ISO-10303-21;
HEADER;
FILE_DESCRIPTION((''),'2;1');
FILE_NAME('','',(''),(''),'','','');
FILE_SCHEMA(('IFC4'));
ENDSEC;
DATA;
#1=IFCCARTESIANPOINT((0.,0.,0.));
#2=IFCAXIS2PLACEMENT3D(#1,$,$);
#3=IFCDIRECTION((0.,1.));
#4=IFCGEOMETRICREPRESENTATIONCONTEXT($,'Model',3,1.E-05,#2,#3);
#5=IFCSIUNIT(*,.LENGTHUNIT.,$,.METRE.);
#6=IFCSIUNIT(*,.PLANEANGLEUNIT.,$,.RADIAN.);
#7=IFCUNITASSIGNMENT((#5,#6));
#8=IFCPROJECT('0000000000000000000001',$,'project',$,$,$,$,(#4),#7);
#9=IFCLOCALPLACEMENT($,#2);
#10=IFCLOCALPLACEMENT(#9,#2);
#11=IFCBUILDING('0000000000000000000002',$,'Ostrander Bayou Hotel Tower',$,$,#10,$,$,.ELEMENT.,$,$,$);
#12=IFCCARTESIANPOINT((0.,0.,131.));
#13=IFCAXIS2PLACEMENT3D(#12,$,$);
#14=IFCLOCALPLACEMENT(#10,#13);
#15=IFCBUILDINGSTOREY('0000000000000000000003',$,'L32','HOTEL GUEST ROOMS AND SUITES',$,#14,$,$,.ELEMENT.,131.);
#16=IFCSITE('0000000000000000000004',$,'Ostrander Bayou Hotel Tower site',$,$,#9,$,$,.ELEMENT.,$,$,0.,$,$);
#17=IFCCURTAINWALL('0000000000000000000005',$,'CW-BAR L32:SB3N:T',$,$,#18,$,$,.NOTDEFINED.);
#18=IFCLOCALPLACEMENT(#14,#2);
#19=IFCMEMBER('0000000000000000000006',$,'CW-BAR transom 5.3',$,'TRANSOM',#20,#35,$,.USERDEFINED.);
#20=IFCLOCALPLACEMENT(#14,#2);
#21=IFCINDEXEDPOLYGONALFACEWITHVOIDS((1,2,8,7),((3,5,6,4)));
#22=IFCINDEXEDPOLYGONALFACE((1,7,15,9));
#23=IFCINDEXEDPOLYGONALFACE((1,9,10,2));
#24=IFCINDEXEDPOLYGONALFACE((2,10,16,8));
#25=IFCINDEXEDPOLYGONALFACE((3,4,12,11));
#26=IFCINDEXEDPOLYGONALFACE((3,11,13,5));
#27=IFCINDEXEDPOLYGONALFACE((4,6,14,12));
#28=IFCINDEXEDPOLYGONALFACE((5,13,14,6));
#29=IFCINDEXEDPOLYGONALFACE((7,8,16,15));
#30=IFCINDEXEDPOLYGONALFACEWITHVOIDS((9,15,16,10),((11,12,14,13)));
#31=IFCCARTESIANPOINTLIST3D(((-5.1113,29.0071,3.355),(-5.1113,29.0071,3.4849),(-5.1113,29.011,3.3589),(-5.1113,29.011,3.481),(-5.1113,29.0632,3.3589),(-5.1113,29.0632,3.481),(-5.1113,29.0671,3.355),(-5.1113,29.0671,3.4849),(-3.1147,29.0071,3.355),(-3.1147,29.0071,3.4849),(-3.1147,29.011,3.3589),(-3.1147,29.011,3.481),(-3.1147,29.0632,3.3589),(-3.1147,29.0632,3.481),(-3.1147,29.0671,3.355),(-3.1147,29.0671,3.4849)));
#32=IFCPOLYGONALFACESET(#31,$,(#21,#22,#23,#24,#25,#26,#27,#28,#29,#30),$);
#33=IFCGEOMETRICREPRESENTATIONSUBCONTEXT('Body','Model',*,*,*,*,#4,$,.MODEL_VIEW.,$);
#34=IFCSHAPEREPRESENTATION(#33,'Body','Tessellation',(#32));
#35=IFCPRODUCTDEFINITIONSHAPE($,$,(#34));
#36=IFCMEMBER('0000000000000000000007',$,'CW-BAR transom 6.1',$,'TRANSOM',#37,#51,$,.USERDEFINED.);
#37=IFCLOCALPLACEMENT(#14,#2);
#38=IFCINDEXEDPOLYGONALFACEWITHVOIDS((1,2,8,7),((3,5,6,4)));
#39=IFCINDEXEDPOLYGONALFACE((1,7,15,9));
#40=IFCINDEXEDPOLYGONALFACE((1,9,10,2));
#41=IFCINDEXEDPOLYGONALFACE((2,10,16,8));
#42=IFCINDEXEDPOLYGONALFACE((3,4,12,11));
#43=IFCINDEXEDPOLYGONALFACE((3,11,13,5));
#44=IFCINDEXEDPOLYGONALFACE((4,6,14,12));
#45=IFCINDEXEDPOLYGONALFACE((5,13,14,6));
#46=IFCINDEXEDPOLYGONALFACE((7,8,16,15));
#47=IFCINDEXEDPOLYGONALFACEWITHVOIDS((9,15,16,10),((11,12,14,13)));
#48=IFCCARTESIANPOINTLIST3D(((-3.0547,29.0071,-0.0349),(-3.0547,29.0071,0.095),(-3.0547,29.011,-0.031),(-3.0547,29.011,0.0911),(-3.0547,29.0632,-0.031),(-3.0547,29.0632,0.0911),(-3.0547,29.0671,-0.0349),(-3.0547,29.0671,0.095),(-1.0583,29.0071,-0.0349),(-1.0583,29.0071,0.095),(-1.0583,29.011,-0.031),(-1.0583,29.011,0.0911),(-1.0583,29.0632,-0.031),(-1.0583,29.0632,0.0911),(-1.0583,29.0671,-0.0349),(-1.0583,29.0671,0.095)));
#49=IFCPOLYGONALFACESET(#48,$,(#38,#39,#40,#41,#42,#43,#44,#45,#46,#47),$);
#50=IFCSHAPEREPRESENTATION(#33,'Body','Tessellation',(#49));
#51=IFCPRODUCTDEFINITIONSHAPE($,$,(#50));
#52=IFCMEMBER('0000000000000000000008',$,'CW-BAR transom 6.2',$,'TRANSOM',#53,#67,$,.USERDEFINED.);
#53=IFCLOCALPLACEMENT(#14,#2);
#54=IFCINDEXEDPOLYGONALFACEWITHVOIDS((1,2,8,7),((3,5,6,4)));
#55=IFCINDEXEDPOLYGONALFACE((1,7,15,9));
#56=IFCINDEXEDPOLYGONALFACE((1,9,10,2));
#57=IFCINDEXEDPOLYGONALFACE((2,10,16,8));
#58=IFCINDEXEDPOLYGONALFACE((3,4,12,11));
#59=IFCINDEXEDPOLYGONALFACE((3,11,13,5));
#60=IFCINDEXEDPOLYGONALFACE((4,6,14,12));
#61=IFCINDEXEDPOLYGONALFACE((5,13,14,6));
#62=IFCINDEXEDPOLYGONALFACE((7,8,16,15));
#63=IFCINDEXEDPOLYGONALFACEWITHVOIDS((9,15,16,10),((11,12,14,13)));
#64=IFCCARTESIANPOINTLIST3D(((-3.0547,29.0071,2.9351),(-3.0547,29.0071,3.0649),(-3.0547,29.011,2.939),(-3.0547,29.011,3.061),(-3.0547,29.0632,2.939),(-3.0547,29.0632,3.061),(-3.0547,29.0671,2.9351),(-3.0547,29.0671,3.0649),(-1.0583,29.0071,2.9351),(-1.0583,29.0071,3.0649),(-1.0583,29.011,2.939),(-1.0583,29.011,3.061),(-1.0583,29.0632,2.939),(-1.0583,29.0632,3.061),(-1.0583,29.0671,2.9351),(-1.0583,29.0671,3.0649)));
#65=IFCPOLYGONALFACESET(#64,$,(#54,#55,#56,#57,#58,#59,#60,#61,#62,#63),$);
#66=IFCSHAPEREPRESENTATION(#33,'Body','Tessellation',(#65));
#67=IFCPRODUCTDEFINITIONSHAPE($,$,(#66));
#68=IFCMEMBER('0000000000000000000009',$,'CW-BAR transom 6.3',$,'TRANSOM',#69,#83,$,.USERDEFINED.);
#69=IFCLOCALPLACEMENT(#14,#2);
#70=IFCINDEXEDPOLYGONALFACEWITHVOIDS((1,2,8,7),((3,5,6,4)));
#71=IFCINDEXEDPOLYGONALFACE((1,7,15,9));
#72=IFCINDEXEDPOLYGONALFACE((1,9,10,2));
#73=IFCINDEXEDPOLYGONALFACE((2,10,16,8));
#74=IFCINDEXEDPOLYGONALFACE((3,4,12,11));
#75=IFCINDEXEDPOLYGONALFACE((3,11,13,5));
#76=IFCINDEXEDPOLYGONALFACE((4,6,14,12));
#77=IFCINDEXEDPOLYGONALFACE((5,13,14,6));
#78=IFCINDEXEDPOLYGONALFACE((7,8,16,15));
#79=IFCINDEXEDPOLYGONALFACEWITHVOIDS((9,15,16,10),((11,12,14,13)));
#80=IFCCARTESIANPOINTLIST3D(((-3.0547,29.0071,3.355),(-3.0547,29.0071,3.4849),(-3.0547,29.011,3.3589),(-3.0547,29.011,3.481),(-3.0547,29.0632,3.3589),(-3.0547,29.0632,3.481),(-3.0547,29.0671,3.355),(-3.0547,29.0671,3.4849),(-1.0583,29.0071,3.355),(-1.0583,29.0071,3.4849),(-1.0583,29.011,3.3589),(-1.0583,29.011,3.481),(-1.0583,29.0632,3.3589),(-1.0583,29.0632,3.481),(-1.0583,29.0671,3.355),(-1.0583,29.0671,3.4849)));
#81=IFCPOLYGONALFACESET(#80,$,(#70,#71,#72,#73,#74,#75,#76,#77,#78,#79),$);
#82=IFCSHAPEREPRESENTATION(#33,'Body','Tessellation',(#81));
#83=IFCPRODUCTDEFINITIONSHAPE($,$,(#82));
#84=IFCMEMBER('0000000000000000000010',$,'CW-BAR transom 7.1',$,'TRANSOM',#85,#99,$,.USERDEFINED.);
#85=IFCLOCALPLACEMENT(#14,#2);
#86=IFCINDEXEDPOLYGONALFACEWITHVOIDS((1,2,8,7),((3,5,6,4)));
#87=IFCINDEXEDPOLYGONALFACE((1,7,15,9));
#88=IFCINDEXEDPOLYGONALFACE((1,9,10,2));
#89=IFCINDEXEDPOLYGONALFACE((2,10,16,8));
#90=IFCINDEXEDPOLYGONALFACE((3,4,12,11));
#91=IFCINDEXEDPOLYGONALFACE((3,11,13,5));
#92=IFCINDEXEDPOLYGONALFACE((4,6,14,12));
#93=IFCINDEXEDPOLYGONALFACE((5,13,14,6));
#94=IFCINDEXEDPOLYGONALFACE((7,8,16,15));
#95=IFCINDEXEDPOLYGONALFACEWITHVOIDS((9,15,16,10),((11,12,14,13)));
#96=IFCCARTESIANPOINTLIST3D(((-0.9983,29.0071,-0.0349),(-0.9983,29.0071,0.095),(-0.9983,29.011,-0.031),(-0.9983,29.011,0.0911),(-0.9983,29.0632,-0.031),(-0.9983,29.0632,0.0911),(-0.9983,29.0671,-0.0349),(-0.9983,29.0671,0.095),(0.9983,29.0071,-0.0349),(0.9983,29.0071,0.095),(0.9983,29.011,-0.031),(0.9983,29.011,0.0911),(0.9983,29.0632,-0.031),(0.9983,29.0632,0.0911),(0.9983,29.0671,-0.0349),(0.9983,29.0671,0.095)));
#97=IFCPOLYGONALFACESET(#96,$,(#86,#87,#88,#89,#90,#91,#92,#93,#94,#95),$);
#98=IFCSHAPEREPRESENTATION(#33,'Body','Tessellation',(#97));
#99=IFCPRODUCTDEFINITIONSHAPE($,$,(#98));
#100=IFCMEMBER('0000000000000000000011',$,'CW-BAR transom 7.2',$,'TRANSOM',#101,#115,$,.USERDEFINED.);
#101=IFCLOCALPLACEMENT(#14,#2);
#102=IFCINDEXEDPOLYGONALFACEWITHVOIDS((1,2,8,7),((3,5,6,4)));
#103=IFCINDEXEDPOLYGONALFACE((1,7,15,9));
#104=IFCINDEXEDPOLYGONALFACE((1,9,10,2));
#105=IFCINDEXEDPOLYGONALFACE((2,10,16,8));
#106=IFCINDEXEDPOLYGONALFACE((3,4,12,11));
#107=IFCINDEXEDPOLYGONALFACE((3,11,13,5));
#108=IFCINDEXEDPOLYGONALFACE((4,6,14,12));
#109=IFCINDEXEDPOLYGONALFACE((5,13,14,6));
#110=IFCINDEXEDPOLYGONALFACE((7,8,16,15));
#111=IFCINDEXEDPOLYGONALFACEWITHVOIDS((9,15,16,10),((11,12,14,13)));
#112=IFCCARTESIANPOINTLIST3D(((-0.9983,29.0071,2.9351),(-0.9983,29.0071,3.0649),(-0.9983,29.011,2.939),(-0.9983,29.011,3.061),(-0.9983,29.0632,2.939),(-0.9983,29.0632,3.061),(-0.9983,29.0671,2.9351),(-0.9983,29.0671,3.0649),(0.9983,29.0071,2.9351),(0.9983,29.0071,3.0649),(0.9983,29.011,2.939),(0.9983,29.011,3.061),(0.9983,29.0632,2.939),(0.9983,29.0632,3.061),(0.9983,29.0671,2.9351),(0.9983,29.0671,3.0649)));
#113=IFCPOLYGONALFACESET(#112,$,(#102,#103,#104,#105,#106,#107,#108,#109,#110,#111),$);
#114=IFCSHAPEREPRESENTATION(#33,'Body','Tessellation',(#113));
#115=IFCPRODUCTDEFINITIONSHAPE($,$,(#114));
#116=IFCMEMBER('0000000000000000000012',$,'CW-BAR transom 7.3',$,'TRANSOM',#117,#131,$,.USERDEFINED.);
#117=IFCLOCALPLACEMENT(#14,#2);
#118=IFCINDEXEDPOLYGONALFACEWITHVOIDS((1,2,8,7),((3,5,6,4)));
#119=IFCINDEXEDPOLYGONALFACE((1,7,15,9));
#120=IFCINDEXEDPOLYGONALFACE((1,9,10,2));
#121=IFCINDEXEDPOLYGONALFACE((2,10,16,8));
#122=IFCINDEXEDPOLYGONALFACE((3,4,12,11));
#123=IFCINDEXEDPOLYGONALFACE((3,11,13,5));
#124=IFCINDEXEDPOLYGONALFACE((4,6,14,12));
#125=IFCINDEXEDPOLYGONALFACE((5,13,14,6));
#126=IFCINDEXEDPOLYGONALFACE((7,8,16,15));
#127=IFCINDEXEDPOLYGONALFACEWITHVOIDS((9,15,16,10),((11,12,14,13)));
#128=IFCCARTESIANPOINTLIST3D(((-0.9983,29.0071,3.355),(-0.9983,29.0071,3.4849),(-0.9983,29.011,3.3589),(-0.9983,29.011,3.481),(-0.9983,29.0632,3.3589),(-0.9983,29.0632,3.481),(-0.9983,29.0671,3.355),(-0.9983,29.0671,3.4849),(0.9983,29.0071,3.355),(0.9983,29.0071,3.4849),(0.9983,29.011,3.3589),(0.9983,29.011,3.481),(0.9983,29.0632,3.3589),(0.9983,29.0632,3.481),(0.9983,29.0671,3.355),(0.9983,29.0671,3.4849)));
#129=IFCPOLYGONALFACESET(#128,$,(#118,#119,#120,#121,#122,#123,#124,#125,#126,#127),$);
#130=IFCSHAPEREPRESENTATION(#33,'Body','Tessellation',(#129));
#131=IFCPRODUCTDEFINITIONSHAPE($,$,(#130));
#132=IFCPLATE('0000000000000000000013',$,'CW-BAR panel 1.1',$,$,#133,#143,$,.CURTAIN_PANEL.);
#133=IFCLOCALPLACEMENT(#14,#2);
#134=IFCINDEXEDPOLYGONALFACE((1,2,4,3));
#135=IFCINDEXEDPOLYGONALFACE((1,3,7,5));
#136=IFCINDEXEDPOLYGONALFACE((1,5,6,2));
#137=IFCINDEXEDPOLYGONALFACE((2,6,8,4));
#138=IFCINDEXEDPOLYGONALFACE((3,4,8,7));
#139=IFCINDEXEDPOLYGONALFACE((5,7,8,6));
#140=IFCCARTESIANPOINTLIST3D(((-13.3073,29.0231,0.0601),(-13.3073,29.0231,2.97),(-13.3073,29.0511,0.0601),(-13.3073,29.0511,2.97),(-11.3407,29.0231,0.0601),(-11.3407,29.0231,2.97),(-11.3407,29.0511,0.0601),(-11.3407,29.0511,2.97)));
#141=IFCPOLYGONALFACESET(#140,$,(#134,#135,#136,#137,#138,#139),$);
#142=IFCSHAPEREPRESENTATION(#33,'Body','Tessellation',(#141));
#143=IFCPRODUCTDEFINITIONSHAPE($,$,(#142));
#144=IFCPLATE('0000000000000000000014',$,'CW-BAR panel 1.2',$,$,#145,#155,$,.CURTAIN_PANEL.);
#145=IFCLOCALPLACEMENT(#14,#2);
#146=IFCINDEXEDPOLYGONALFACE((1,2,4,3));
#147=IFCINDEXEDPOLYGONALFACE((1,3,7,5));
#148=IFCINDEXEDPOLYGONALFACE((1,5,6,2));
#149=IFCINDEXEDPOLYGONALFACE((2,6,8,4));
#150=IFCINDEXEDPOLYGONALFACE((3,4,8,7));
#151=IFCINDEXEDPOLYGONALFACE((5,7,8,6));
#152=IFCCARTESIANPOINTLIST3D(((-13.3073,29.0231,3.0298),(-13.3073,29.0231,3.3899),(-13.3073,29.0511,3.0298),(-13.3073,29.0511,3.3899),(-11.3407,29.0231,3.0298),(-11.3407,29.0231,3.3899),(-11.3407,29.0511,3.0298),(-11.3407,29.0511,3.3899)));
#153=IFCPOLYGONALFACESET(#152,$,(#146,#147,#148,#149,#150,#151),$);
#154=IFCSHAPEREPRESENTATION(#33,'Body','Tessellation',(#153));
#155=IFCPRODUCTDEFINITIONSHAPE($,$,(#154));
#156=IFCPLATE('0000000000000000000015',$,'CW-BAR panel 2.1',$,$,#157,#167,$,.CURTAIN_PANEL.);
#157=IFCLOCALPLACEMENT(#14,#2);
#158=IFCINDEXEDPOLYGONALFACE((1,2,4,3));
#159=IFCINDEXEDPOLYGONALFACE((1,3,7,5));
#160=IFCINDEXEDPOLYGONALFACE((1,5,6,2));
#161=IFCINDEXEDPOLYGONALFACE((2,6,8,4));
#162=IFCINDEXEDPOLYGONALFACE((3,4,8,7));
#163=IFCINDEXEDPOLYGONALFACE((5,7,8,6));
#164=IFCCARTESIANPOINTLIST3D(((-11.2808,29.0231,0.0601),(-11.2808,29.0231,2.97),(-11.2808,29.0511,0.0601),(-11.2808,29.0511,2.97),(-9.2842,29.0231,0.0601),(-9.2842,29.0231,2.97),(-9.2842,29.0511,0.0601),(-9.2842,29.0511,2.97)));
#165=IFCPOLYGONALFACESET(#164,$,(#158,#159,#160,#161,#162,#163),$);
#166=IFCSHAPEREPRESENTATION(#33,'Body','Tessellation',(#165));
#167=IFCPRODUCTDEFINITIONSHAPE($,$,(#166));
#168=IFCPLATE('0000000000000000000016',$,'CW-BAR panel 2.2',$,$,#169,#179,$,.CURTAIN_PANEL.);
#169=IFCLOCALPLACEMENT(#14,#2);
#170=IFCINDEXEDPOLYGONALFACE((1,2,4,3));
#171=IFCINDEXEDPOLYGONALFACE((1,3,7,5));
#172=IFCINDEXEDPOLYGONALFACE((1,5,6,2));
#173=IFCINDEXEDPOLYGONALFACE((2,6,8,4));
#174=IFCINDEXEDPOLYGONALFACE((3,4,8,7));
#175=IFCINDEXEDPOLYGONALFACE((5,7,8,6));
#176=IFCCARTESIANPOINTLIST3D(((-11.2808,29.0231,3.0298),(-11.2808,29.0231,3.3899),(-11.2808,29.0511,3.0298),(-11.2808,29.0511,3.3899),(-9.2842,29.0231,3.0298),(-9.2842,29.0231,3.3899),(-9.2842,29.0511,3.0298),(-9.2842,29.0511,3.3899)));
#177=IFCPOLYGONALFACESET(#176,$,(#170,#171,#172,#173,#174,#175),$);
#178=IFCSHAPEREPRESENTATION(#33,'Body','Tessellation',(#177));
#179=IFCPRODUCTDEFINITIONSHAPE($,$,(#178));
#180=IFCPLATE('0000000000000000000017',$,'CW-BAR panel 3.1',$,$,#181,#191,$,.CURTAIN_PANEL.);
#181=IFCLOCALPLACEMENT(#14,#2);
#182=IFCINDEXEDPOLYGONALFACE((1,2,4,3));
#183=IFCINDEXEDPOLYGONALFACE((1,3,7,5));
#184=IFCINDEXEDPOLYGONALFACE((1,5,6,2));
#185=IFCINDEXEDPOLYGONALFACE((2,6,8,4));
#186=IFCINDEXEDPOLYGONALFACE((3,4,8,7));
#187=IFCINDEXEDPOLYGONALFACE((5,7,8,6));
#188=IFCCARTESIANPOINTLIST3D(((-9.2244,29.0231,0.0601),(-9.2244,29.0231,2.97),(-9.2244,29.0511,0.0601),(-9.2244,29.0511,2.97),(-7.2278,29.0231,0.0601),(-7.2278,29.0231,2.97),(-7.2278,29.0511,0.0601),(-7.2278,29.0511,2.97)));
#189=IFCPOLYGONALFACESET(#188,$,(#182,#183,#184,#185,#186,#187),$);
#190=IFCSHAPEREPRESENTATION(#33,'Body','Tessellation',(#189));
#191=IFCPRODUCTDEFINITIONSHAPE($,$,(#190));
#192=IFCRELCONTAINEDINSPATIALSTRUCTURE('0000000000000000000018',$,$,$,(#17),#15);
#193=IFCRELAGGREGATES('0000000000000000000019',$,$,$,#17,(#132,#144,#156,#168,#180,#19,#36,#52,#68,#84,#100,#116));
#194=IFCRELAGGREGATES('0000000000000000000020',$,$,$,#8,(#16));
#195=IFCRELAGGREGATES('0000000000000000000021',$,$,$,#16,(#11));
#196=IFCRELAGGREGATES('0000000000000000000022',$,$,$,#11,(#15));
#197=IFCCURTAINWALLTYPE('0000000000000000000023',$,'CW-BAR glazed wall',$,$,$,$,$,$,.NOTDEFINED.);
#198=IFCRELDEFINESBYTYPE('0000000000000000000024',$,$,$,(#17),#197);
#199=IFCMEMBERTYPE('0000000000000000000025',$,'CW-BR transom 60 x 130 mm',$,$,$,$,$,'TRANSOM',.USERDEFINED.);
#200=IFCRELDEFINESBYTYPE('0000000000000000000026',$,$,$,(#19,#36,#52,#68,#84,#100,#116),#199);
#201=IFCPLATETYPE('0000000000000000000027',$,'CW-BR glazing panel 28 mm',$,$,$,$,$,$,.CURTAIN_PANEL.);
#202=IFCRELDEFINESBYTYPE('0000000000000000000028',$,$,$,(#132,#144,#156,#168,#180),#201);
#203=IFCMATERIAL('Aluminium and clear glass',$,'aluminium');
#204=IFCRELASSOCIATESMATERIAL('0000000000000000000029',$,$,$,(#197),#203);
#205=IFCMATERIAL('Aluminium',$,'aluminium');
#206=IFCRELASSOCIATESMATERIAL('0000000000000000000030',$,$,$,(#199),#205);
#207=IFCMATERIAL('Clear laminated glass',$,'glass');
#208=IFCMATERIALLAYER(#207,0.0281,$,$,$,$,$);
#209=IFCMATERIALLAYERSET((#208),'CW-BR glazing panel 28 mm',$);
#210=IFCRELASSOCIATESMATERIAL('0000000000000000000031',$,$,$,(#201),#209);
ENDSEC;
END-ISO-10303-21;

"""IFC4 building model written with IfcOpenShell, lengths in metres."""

from ifc_helpers import new_model, si_unit, direction, frame, origin, origin_2d, place, context, subcontext, project, spatial, rectangle, hollow_rectangle, extrude, material, layer, layer_set, material_profile, profile_set, type_object, element, aggregate, save


model = new_model("IFC4")

# Units and contexts
model_context = context("Model", 3, precision=1e-05, world=origin(), true_north=direction((0.0, 1.0)))
body_context = subcontext(model_context, "Body", "Model", "MODEL_VIEW")
ifc_project = project(units=[si_unit("LENGTHUNIT", "METRE"), si_unit("PLANEANGLEUNIT", "RADIAN")], contexts=[model_context])

# Site, building, storey
site_placement = place(None, origin())
site = spatial("IfcSite", under=ifc_project, at=site_placement, Name="Ostrander Bayou Hotel Tower site", CompositionType="ELEMENT", RefElevation=0.0)
building_placement = place(site_placement, origin())
building = spatial("IfcBuilding", under=site, at=building_placement, Name="Ostrander Bayou Hotel Tower", CompositionType="ELEMENT")
storey_placement = place(building_placement, frame((0.0, 0.0, 131.0)))
storey = spatial("IfcBuildingStorey", under=building, at=storey_placement, Name="L32", Description="HOTEL GUEST ROOMS AND SUITES", CompositionType="ELEMENT", Elevation=131.0)

# Curtain wall, members, plates
ifc_material_1 = material(Name="Aluminium and clear glass", Category="aluminium")
curtain_wall_type = type_object("IfcCurtainWallType", Name="CW-BAR glazed wall", PredefinedType="NOTDEFINED", material=ifc_material_1)
curtain_wall_placement = place(storey_placement, origin())
curtain_wall = element("IfcCurtainWall", 1, at=curtain_wall_placement, inside=storey, type_object=curtain_wall_type, Name="CW-BAR L32:SB3N:T", PredefinedType="NOTDEFINED")
ifc_material_2 = material(Name="Aluminium", Category="aluminium")
ifc_material_profile_1 = material_profile(ifc_material_2, hollow_rectangle(XDim=0.0601, YDim=0.1299, WallThickness=0.0039, at=origin_2d()))
ifc_profile_set_1 = profile_set([ifc_material_profile_1], Name="Aluminium")
member_type_1 = type_object("IfcMemberType", Name="CW-BR transom 60 x 130 mm", ElementType="TRANSOM", PredefinedType="USERDEFINED", material=ifc_profile_set_1)
member_1_placement = place(storey_placement, frame((-5.1113, 29.0371, 3.4199), z_axis=(1.0, 0.0, 0.0), x_axis=(0.0, 1.0, 0.0)))
member_1 = element("IfcMember", 2, at=member_1_placement, type_object=member_type_1, Name="CW-BAR transom 5.3", ObjectType="TRANSOM", PredefinedType="USERDEFINED", context=body_context, shape_type="SweptSolid", body=[
    extrude(hollow_rectangle(XDim=0.0601, YDim=0.1299, WallThickness=0.0039, at=origin_2d()), origin(), (0.0, 0.0, 1.0), 1.9966),
])
member_2_placement = place(storey_placement, frame((-3.0547, 29.0371, 0.03), z_axis=(1.0, 0.0, 0.0), x_axis=(0.0, 1.0, 0.0)))
member_2 = element("IfcMember", 3, at=member_2_placement, type_object=member_type_1, Name="CW-BAR transom 6.1", ObjectType="TRANSOM", PredefinedType="USERDEFINED", context=body_context, shape_type="SweptSolid", body=[
    extrude(hollow_rectangle(XDim=0.0601, YDim=0.1299, WallThickness=0.0039, at=origin_2d()), origin(), (0.0, 0.0, 1.0), 1.9963),
])
member_3_placement = place(storey_placement, frame((-3.0547, 29.0371, 3.0), z_axis=(1.0, 0.0, 0.0), x_axis=(0.0, 1.0, 0.0)))
member_3 = element("IfcMember", 4, at=member_3_placement, type_object=member_type_1, Name="CW-BAR transom 6.2", ObjectType="TRANSOM", PredefinedType="USERDEFINED", context=body_context, shape_type="SweptSolid", body=[
    extrude(hollow_rectangle(XDim=0.0601, YDim=0.1299, WallThickness=0.0039, at=origin_2d()), origin(), (0.0, 0.0, 1.0), 1.9963),
])
member_4_placement = place(storey_placement, frame((-3.0547, 29.0371, 3.4199), z_axis=(1.0, 0.0, 0.0), x_axis=(0.0, 1.0, 0.0)))
member_4 = element("IfcMember", 5, at=member_4_placement, type_object=member_type_1, Name="CW-BAR transom 6.3", ObjectType="TRANSOM", PredefinedType="USERDEFINED", context=body_context, shape_type="SweptSolid", body=[
    extrude(hollow_rectangle(XDim=0.0601, YDim=0.1299, WallThickness=0.0039, at=origin_2d()), origin(), (0.0, 0.0, 1.0), 1.9963),
])
member_5_placement = place(storey_placement, frame((-0.9983, 29.0371, 0.03), z_axis=(1.0, 0.0, 0.0), x_axis=(0.0, 1.0, 0.0)))
member_5 = element("IfcMember", 6, at=member_5_placement, type_object=member_type_1, Name="CW-BAR transom 7.1", ObjectType="TRANSOM", PredefinedType="USERDEFINED", context=body_context, shape_type="SweptSolid", body=[
    extrude(hollow_rectangle(XDim=0.0601, YDim=0.1299, WallThickness=0.0039, at=origin_2d()), origin(), (0.0, 0.0, 1.0), 1.9966),
])
member_6_placement = place(storey_placement, frame((-0.9983, 29.0371, 3.0), z_axis=(1.0, 0.0, 0.0), x_axis=(0.0, 1.0, 0.0)))
member_6 = element("IfcMember", 7, at=member_6_placement, type_object=member_type_1, Name="CW-BAR transom 7.2", ObjectType="TRANSOM", PredefinedType="USERDEFINED", context=body_context, shape_type="SweptSolid", body=[
    extrude(hollow_rectangle(XDim=0.0601, YDim=0.1299, WallThickness=0.0039, at=origin_2d()), origin(), (0.0, 0.0, 1.0), 1.9966),
])
member_7_placement = place(storey_placement, frame((-0.9983, 29.0371, 3.4199), z_axis=(1.0, 0.0, 0.0), x_axis=(0.0, 1.0, 0.0)))
member_7 = element("IfcMember", 8, at=member_7_placement, type_object=member_type_1, Name="CW-BAR transom 7.3", ObjectType="TRANSOM", PredefinedType="USERDEFINED", context=body_context, shape_type="SweptSolid", body=[
    extrude(hollow_rectangle(XDim=0.0601, YDim=0.1299, WallThickness=0.0039, at=origin_2d()), origin(), (0.0, 0.0, 1.0), 1.9966),
])
ifc_material_3 = material(Name="Clear laminated glass", Category="glass")
ifc_layer = layer(ifc_material_3, 0.0281)
ifc_layer_set = layer_set([ifc_layer], Name="CW-BR glazing panel 28 mm")
plate_type = type_object("IfcPlateType", Name="CW-BR glazing panel 28 mm", PredefinedType="CURTAIN_PANEL", material=ifc_layer_set)
plate_1_placement = place(storey_placement, frame((-12.324, 29.0371, 0.0601), z_axis=(0.0, 0.0, 1.0), x_axis=(1.0, 0.0, 0.0)))
plate_1 = element("IfcPlate", 9, at=plate_1_placement, type_object=plate_type, Name="CW-BAR panel 1.1", PredefinedType="CURTAIN_PANEL", context=body_context, shape_type="SweptSolid", body=[
    extrude(rectangle(XDim=1.9666, YDim=0.0281, at=origin_2d()), origin(), (0.0, 0.0, 1.0), 2.9099),
])
plate_2_placement = place(storey_placement, frame((-12.324, 29.0371, 3.0298), z_axis=(0.0, 0.0, 1.0), x_axis=(1.0, 0.0, 0.0)))
plate_2 = element("IfcPlate", 10, at=plate_2_placement, type_object=plate_type, Name="CW-BAR panel 1.2", PredefinedType="CURTAIN_PANEL", context=body_context, shape_type="SweptSolid", body=[
    extrude(rectangle(XDim=1.9666, YDim=0.0281, at=origin_2d()), origin(), (0.0, 0.0, 1.0), 0.3601),
])
plate_3_placement = place(storey_placement, frame((-10.2825, 29.0371, 0.0601), z_axis=(0.0, 0.0, 1.0), x_axis=(1.0, 0.0, 0.0)))
plate_3 = element("IfcPlate", 11, at=plate_3_placement, type_object=plate_type, Name="CW-BAR panel 2.1", PredefinedType="CURTAIN_PANEL", context=body_context, shape_type="SweptSolid", body=[
    extrude(rectangle(XDim=1.9966, YDim=0.0281, at=origin_2d()), origin(), (0.0, 0.0, 1.0), 2.9099),
])
plate_4_placement = place(storey_placement, frame((-10.2825, 29.0371, 3.0298), z_axis=(0.0, 0.0, 1.0), x_axis=(1.0, 0.0, 0.0)))
plate_4 = element("IfcPlate", 12, at=plate_4_placement, type_object=plate_type, Name="CW-BAR panel 2.2", PredefinedType="CURTAIN_PANEL", context=body_context, shape_type="SweptSolid", body=[
    extrude(rectangle(XDim=1.9966, YDim=0.0281, at=origin_2d()), origin(), (0.0, 0.0, 1.0), 0.3601),
])
plate_5_placement = place(storey_placement, frame((-8.2261, 29.0371, 0.0601), z_axis=(0.0, 0.0, 1.0), x_axis=(1.0, 0.0, 0.0)))
plate_5 = element("IfcPlate", 13, at=plate_5_placement, type_object=plate_type, Name="CW-BAR panel 3.1", PredefinedType="CURTAIN_PANEL", context=body_context, shape_type="SweptSolid", body=[
    extrude(rectangle(XDim=1.9966, YDim=0.0281, at=origin_2d()), origin(), (0.0, 0.0, 1.0), 2.9099),
])
aggregate(curtain_wall, [plate_1, plate_2, plate_3, plate_4, plate_5, member_1, member_2, member_3, member_4, member_5, member_6, member_7])

save(model, "model.ifc")
